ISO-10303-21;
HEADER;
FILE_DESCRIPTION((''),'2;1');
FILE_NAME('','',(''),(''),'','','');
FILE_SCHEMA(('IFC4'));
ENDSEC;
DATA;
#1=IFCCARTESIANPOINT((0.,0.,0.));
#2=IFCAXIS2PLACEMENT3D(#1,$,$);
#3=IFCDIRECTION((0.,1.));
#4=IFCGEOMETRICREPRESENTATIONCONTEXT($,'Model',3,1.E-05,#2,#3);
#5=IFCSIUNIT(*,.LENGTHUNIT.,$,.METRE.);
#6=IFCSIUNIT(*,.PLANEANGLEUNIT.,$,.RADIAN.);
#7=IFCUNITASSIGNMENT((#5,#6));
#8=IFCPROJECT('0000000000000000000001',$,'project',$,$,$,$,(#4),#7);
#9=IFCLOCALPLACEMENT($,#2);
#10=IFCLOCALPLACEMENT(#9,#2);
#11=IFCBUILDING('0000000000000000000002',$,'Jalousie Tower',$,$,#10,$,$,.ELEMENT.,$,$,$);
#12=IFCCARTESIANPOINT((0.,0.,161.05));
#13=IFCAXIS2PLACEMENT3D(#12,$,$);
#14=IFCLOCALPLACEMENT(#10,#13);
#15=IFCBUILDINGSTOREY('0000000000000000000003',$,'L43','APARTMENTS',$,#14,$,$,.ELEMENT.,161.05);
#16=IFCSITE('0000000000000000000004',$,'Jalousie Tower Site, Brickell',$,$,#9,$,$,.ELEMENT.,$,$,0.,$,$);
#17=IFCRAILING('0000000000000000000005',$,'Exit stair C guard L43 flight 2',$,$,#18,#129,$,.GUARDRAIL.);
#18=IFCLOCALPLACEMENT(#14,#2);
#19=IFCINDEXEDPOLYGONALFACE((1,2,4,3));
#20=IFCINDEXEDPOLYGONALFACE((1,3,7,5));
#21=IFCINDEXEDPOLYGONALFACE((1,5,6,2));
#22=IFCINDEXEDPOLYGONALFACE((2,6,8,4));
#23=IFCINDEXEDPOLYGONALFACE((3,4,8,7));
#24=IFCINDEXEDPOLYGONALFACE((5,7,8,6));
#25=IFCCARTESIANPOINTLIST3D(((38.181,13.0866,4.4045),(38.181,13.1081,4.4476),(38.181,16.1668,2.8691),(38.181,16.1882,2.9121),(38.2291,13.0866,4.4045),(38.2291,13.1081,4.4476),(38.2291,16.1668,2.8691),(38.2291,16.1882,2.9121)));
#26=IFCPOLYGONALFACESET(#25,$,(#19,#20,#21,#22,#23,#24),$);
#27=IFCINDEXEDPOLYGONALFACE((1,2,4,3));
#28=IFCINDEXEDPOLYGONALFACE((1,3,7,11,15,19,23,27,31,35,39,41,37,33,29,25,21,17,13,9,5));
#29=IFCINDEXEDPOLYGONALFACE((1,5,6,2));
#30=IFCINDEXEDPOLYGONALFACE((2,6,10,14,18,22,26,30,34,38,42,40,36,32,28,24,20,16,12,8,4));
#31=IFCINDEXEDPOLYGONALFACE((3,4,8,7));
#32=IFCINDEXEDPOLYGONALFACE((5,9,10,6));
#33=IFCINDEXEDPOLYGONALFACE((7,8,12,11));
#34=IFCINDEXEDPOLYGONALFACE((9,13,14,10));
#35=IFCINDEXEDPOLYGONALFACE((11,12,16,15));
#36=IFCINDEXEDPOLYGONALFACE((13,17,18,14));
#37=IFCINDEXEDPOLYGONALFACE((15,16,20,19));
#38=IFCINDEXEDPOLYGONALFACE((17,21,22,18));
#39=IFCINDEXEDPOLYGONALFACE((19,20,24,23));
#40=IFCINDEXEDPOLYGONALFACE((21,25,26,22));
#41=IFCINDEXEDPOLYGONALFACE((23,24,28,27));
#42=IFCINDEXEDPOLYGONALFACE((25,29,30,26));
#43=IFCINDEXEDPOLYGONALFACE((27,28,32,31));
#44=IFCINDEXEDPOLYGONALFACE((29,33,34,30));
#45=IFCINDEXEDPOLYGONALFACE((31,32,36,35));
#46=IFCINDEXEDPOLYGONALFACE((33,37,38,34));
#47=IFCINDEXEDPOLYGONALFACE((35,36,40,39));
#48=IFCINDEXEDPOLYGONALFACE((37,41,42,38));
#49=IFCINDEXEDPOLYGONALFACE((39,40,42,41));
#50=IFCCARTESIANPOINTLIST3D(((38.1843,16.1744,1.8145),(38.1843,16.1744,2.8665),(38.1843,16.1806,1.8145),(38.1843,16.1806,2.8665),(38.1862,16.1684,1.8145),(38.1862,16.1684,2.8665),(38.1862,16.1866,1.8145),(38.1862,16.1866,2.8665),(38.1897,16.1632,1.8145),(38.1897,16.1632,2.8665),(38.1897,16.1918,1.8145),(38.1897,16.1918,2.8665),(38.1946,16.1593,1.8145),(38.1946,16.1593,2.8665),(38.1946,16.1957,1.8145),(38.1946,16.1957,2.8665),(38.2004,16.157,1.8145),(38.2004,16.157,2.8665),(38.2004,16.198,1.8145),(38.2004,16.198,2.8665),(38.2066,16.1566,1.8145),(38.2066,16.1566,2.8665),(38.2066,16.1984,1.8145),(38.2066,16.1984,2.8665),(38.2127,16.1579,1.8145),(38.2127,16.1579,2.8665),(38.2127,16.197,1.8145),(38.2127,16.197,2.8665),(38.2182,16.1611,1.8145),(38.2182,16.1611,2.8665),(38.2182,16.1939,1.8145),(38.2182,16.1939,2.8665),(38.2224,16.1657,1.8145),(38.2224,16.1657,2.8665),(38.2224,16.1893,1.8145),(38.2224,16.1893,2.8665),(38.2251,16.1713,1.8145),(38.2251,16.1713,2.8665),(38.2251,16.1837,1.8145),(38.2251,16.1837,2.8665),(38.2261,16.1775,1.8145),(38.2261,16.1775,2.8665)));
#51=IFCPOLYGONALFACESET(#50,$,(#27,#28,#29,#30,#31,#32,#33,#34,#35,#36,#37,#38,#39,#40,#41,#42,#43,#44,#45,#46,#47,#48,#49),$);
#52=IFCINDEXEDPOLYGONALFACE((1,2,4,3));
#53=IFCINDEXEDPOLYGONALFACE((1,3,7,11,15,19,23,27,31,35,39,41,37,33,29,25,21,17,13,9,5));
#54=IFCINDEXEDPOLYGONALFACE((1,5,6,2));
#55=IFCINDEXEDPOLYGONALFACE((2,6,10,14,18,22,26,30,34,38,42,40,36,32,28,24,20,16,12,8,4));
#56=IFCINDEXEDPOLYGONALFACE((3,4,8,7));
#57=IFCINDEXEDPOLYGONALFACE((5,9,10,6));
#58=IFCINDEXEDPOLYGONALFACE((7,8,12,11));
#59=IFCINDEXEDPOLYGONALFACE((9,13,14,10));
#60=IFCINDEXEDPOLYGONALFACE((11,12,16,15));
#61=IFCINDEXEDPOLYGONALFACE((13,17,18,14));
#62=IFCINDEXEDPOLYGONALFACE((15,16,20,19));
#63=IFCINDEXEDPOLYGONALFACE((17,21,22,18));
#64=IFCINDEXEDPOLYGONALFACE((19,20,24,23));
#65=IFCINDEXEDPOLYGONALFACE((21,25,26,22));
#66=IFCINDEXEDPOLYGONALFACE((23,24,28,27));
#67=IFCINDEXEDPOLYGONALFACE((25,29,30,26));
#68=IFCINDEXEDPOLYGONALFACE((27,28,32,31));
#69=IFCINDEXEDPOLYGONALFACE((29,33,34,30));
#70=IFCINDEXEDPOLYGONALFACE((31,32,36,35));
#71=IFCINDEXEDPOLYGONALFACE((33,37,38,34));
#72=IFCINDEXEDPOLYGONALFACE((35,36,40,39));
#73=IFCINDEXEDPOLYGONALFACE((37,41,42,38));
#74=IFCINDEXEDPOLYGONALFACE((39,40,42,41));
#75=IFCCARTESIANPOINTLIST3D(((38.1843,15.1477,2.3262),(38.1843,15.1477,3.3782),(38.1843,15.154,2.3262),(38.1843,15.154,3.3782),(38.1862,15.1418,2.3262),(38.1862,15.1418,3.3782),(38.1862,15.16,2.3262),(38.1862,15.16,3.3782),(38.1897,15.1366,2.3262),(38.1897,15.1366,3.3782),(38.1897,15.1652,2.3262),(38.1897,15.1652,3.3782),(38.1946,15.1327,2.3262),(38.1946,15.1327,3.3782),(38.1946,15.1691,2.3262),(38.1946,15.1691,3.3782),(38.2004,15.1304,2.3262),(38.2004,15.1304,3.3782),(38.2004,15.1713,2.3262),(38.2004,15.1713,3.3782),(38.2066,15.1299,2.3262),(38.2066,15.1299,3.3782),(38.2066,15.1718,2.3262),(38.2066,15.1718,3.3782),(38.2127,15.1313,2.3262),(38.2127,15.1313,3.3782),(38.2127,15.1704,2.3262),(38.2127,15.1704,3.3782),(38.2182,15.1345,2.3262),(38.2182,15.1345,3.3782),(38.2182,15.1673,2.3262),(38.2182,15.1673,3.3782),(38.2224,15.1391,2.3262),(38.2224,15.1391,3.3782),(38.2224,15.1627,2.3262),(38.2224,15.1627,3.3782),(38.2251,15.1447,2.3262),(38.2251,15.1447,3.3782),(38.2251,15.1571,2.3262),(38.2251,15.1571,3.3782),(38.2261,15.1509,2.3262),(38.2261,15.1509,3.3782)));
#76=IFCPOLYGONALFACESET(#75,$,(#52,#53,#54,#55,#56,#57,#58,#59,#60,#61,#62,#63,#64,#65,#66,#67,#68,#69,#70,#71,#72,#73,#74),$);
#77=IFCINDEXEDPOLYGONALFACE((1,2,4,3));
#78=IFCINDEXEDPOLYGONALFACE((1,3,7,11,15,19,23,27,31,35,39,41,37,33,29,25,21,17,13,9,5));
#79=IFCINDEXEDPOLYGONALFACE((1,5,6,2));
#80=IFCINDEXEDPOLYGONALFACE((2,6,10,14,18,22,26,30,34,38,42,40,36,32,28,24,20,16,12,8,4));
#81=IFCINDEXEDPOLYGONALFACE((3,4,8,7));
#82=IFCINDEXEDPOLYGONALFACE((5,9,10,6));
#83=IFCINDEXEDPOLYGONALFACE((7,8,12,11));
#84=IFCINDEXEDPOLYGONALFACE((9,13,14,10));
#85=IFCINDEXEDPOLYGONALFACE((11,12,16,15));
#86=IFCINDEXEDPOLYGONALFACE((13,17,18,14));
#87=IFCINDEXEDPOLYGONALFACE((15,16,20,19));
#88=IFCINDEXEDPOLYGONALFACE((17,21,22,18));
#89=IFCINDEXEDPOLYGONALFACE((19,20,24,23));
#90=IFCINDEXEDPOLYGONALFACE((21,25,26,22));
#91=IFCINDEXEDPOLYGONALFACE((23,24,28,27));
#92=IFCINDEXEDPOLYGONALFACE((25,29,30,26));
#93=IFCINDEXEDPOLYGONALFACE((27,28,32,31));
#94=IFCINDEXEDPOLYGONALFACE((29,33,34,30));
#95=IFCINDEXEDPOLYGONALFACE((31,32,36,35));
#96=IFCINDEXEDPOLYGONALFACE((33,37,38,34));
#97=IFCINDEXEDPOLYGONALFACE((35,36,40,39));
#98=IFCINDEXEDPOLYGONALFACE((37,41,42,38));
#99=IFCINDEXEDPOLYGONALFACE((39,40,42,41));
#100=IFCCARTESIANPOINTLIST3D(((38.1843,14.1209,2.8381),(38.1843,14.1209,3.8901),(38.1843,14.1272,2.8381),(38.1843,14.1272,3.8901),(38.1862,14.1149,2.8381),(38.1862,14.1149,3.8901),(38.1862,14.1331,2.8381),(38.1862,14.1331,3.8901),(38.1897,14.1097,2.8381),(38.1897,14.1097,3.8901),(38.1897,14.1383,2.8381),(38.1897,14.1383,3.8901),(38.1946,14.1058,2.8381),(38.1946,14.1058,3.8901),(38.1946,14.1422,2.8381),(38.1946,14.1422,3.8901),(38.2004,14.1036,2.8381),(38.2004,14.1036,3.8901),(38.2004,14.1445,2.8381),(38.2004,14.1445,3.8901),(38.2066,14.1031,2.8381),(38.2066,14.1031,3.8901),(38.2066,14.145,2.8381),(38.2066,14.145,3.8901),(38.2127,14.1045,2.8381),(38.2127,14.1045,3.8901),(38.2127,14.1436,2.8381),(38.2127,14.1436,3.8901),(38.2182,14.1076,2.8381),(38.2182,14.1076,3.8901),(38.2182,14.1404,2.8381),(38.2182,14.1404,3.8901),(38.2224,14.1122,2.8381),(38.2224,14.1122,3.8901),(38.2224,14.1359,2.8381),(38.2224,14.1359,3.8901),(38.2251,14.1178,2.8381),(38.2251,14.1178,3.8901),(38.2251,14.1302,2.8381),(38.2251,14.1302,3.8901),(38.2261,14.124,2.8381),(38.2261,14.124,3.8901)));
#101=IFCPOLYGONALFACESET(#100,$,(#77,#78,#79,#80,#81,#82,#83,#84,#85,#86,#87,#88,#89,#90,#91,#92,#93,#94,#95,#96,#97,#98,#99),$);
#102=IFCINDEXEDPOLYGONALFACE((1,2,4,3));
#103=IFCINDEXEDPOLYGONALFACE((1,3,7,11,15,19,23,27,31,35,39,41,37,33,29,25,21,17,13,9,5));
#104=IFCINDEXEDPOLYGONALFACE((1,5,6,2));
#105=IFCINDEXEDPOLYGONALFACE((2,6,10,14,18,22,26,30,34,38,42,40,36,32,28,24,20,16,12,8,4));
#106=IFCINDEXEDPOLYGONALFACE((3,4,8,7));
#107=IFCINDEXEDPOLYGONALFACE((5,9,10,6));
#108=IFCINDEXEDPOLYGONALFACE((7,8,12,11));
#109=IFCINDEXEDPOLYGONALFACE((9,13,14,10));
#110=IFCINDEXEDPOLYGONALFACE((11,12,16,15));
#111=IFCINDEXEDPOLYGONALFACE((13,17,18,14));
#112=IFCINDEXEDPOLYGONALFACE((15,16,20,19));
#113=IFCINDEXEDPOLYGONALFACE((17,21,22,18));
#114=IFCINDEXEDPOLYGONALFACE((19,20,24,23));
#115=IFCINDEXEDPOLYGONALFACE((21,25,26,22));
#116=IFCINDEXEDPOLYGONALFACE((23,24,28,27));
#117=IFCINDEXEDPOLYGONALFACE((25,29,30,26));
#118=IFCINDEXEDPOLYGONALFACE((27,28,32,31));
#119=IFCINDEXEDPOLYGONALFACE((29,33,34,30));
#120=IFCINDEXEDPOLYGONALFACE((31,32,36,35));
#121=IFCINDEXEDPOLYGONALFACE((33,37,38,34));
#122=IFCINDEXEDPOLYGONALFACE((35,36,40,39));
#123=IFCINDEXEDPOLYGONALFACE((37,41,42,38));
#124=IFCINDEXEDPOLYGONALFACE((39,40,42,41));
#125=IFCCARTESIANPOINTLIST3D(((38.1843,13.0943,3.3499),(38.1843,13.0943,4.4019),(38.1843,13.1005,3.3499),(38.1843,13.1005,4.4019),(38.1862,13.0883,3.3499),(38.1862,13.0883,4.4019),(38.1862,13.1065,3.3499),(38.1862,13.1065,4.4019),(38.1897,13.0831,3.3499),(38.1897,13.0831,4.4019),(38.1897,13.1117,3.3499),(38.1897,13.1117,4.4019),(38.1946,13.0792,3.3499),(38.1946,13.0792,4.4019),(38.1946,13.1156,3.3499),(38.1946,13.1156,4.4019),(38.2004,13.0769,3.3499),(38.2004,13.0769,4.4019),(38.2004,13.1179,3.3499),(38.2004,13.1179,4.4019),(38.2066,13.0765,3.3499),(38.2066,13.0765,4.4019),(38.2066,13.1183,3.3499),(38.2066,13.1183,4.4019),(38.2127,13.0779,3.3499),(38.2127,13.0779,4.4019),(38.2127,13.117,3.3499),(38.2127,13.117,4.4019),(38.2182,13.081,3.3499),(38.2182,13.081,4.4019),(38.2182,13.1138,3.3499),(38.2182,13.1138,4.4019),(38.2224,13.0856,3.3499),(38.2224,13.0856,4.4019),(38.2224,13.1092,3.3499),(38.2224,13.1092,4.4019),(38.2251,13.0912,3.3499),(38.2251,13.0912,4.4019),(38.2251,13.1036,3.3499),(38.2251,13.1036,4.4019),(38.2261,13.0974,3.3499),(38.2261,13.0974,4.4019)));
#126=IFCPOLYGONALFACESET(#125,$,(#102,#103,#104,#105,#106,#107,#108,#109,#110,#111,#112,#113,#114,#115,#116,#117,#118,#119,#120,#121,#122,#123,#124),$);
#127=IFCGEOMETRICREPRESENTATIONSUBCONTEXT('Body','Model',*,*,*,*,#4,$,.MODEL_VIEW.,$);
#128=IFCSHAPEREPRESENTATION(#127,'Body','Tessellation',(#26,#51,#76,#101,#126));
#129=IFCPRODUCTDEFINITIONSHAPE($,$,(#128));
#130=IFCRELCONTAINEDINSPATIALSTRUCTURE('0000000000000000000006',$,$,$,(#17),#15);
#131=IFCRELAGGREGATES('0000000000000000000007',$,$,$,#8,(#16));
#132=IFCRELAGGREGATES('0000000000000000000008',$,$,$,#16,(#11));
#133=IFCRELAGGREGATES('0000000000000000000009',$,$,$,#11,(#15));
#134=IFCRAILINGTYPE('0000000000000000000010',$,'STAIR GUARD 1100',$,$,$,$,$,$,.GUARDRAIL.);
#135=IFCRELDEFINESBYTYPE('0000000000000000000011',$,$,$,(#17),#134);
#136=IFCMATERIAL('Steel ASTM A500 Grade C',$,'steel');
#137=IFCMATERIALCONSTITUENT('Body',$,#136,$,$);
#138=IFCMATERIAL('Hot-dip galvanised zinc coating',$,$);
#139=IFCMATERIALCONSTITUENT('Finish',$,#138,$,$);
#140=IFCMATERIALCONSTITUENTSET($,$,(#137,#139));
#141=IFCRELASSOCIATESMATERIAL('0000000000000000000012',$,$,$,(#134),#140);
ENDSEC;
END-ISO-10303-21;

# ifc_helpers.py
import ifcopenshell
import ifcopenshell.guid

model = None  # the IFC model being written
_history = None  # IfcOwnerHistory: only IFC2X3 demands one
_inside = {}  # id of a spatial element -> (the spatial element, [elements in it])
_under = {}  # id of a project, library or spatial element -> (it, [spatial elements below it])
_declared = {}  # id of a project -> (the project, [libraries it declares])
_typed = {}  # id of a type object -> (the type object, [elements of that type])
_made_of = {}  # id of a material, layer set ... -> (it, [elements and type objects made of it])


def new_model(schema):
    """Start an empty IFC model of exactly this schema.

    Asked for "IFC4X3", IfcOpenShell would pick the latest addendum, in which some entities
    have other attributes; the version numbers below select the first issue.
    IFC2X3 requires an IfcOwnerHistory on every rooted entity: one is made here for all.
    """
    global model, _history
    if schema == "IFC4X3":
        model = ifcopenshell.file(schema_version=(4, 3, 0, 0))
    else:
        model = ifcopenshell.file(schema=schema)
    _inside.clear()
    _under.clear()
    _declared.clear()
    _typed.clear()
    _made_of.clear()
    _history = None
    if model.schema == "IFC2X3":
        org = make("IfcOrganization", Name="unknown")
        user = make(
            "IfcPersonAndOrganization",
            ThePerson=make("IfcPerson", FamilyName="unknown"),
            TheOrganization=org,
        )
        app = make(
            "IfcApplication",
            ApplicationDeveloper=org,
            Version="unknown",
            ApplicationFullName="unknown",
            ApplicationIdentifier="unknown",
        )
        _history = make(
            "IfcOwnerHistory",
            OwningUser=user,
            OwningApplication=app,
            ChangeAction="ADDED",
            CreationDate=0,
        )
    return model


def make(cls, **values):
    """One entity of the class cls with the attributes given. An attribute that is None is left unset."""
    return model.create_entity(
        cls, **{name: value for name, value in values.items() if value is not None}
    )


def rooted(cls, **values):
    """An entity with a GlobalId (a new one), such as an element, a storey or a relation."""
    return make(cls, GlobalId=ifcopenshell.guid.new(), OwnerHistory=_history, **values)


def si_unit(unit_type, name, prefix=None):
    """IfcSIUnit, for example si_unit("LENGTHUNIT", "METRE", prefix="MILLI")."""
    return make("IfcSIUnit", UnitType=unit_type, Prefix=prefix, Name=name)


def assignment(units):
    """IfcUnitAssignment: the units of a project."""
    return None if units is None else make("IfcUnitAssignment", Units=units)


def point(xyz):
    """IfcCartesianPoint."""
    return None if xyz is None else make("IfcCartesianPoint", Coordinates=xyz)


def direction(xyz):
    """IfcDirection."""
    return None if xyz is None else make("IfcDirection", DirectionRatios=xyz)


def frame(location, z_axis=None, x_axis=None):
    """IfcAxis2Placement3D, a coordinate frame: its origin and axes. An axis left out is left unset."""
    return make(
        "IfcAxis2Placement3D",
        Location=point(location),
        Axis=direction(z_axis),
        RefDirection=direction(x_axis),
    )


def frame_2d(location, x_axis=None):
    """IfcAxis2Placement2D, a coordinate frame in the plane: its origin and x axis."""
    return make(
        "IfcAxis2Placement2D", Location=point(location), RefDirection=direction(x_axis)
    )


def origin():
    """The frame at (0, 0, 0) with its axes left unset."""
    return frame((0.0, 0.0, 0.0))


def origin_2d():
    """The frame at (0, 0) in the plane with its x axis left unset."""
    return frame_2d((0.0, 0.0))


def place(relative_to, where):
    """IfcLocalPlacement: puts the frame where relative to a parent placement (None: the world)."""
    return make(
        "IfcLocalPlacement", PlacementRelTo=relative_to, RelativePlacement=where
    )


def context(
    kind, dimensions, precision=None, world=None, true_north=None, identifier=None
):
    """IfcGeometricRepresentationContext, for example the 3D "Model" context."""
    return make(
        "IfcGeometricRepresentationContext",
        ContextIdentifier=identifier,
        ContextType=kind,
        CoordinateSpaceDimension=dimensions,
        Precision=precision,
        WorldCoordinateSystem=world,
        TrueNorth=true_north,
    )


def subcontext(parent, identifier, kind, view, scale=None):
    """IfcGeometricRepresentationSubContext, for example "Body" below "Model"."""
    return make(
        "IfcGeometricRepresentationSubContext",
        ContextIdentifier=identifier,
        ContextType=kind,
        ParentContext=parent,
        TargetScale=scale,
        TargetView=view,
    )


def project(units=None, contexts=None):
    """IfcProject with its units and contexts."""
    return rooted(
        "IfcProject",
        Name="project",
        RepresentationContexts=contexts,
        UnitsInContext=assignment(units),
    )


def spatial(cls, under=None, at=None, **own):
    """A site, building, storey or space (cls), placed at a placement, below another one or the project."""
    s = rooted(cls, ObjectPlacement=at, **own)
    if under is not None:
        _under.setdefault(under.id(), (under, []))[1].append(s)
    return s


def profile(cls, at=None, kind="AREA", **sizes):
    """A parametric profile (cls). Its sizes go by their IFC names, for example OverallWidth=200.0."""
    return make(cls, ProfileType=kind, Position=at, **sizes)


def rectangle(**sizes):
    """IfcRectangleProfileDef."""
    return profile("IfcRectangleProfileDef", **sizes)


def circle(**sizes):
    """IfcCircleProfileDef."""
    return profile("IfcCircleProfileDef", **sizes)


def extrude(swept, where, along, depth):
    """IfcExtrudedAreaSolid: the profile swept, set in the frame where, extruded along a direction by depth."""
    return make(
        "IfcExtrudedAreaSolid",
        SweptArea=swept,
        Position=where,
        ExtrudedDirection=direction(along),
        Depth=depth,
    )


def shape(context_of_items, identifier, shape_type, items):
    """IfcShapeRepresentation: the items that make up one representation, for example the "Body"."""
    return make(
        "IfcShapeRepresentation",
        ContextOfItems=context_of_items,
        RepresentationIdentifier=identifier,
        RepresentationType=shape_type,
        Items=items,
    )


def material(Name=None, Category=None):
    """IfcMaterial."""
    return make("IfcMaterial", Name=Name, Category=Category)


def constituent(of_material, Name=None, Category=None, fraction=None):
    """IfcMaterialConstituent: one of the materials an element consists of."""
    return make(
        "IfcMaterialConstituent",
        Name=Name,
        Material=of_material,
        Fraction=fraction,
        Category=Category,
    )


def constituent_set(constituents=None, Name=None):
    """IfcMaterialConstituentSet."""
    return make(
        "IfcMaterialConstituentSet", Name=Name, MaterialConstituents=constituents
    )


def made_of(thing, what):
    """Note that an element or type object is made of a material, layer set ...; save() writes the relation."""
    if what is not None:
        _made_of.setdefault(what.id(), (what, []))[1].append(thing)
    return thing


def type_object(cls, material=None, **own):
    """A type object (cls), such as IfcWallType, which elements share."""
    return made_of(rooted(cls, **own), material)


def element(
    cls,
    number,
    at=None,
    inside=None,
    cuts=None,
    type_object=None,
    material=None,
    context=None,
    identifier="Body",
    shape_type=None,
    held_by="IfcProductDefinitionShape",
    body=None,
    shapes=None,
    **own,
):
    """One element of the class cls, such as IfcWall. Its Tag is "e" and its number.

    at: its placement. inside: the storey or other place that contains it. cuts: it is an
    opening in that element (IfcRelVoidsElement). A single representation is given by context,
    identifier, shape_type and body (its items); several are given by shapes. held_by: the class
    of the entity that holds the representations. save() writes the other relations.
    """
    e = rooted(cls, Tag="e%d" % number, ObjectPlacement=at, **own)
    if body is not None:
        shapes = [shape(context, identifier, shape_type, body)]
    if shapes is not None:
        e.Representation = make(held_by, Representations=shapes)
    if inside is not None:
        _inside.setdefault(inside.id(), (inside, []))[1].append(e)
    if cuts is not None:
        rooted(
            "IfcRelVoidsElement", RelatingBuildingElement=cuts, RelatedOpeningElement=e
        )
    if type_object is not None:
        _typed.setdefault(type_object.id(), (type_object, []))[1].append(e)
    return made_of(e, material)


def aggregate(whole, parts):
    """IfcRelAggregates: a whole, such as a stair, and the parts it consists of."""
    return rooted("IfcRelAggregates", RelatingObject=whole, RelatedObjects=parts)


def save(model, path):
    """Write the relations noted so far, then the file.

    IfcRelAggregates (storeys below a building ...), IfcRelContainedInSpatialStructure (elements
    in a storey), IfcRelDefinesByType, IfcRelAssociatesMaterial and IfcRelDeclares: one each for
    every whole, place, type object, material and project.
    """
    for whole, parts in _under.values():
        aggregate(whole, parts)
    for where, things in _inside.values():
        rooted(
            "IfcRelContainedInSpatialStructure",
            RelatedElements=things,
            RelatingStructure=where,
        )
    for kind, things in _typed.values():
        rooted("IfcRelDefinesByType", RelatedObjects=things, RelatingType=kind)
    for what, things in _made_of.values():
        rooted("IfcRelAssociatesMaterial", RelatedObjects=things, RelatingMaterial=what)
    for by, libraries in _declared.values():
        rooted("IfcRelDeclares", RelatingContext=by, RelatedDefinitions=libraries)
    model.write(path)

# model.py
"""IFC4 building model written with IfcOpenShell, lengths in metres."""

from ifc_helpers import new_model, si_unit, direction, frame, origin, origin_2d, place, context, subcontext, project, spatial, rectangle, circle, extrude, material, constituent, constituent_set, type_object, element, save


model = new_model("IFC4")

# Units and contexts
model_context = context("Model", 3, precision=1e-05, world=origin(), true_north=direction((0.0, 1.0)))
body_context = subcontext(model_context, "Body", "Model", "MODEL_VIEW")
ifc_project = project(units=[si_unit("LENGTHUNIT", "METRE"), si_unit("PLANEANGLEUNIT", "RADIAN")], contexts=[model_context])

# Site, building, storey
site_placement = place(None, origin())
site = spatial("IfcSite", under=ifc_project, at=site_placement, Name="Jalousie Tower Site, Brickell", CompositionType="ELEMENT", RefElevation=0.0)
building_placement = place(site_placement, origin())
building = spatial("IfcBuilding", under=site, at=building_placement, Name="Jalousie Tower", CompositionType="ELEMENT")
storey_placement = place(building_placement, frame((0.0, 0.0, 161.05)))
storey = spatial("IfcBuildingStorey", under=building, at=storey_placement, Name="L43", Description="APARTMENTS", CompositionType="ELEMENT", Elevation=161.05)

# Railing
ifc_material_1 = material(Name="Steel ASTM A500 Grade C", Category="steel")
ifc_constituent_1 = constituent(ifc_material_1, Name="Body")
ifc_material_2 = material(Name="Hot-dip galvanised zinc coating")
ifc_constituent_2 = constituent(ifc_material_2, Name="Finish")
ifc_constituent_set_1 = constituent_set(constituents=[ifc_constituent_1, ifc_constituent_2])
railing_type_1 = type_object("IfcRailingType", Name="STAIR GUARD 1100", PredefinedType="GUARDRAIL", material=ifc_constituent_set_1)
railing_1_placement = place(storey_placement, frame((38.2051, 16.1775, 1.8145)))
element("IfcRailing", 1, at=railing_1_placement, inside=storey, type_object=railing_type_1, Name="Exit stair C guard L43 flight 2", PredefinedType="GUARDRAIL", context=body_context, shape_type="SweptSolid", body=[
    extrude(rectangle(XDim=0.0481, YDim=0.0481, at=origin_2d()), frame((0.0, 0.0, 1.0762), z_axis=(0.0, -0.894966, 0.446135), x_axis=(1.0, 0.0, 0.0)), (0.0, 0.0, 1.0), 3.4417),
    extrude(circle(Radius=0.021, at=origin_2d()), origin(), (0.0, 0.0, 1.0), 1.052),
    extrude(circle(Radius=0.021, at=origin_2d()), frame((0.0, -1.0266, 0.5117)), (0.0, 0.0, 1.0), 1.052),
    extrude(circle(Radius=0.021, at=origin_2d()), frame((0.0, -2.0535, 1.0237)), (0.0, 0.0, 1.0), 1.052),
    extrude(circle(Radius=0.021, at=origin_2d()), frame((0.0, -3.0801, 1.5354)), (0.0, 0.0, 1.0), 1.052),
])

save(model, "model.ifc")
